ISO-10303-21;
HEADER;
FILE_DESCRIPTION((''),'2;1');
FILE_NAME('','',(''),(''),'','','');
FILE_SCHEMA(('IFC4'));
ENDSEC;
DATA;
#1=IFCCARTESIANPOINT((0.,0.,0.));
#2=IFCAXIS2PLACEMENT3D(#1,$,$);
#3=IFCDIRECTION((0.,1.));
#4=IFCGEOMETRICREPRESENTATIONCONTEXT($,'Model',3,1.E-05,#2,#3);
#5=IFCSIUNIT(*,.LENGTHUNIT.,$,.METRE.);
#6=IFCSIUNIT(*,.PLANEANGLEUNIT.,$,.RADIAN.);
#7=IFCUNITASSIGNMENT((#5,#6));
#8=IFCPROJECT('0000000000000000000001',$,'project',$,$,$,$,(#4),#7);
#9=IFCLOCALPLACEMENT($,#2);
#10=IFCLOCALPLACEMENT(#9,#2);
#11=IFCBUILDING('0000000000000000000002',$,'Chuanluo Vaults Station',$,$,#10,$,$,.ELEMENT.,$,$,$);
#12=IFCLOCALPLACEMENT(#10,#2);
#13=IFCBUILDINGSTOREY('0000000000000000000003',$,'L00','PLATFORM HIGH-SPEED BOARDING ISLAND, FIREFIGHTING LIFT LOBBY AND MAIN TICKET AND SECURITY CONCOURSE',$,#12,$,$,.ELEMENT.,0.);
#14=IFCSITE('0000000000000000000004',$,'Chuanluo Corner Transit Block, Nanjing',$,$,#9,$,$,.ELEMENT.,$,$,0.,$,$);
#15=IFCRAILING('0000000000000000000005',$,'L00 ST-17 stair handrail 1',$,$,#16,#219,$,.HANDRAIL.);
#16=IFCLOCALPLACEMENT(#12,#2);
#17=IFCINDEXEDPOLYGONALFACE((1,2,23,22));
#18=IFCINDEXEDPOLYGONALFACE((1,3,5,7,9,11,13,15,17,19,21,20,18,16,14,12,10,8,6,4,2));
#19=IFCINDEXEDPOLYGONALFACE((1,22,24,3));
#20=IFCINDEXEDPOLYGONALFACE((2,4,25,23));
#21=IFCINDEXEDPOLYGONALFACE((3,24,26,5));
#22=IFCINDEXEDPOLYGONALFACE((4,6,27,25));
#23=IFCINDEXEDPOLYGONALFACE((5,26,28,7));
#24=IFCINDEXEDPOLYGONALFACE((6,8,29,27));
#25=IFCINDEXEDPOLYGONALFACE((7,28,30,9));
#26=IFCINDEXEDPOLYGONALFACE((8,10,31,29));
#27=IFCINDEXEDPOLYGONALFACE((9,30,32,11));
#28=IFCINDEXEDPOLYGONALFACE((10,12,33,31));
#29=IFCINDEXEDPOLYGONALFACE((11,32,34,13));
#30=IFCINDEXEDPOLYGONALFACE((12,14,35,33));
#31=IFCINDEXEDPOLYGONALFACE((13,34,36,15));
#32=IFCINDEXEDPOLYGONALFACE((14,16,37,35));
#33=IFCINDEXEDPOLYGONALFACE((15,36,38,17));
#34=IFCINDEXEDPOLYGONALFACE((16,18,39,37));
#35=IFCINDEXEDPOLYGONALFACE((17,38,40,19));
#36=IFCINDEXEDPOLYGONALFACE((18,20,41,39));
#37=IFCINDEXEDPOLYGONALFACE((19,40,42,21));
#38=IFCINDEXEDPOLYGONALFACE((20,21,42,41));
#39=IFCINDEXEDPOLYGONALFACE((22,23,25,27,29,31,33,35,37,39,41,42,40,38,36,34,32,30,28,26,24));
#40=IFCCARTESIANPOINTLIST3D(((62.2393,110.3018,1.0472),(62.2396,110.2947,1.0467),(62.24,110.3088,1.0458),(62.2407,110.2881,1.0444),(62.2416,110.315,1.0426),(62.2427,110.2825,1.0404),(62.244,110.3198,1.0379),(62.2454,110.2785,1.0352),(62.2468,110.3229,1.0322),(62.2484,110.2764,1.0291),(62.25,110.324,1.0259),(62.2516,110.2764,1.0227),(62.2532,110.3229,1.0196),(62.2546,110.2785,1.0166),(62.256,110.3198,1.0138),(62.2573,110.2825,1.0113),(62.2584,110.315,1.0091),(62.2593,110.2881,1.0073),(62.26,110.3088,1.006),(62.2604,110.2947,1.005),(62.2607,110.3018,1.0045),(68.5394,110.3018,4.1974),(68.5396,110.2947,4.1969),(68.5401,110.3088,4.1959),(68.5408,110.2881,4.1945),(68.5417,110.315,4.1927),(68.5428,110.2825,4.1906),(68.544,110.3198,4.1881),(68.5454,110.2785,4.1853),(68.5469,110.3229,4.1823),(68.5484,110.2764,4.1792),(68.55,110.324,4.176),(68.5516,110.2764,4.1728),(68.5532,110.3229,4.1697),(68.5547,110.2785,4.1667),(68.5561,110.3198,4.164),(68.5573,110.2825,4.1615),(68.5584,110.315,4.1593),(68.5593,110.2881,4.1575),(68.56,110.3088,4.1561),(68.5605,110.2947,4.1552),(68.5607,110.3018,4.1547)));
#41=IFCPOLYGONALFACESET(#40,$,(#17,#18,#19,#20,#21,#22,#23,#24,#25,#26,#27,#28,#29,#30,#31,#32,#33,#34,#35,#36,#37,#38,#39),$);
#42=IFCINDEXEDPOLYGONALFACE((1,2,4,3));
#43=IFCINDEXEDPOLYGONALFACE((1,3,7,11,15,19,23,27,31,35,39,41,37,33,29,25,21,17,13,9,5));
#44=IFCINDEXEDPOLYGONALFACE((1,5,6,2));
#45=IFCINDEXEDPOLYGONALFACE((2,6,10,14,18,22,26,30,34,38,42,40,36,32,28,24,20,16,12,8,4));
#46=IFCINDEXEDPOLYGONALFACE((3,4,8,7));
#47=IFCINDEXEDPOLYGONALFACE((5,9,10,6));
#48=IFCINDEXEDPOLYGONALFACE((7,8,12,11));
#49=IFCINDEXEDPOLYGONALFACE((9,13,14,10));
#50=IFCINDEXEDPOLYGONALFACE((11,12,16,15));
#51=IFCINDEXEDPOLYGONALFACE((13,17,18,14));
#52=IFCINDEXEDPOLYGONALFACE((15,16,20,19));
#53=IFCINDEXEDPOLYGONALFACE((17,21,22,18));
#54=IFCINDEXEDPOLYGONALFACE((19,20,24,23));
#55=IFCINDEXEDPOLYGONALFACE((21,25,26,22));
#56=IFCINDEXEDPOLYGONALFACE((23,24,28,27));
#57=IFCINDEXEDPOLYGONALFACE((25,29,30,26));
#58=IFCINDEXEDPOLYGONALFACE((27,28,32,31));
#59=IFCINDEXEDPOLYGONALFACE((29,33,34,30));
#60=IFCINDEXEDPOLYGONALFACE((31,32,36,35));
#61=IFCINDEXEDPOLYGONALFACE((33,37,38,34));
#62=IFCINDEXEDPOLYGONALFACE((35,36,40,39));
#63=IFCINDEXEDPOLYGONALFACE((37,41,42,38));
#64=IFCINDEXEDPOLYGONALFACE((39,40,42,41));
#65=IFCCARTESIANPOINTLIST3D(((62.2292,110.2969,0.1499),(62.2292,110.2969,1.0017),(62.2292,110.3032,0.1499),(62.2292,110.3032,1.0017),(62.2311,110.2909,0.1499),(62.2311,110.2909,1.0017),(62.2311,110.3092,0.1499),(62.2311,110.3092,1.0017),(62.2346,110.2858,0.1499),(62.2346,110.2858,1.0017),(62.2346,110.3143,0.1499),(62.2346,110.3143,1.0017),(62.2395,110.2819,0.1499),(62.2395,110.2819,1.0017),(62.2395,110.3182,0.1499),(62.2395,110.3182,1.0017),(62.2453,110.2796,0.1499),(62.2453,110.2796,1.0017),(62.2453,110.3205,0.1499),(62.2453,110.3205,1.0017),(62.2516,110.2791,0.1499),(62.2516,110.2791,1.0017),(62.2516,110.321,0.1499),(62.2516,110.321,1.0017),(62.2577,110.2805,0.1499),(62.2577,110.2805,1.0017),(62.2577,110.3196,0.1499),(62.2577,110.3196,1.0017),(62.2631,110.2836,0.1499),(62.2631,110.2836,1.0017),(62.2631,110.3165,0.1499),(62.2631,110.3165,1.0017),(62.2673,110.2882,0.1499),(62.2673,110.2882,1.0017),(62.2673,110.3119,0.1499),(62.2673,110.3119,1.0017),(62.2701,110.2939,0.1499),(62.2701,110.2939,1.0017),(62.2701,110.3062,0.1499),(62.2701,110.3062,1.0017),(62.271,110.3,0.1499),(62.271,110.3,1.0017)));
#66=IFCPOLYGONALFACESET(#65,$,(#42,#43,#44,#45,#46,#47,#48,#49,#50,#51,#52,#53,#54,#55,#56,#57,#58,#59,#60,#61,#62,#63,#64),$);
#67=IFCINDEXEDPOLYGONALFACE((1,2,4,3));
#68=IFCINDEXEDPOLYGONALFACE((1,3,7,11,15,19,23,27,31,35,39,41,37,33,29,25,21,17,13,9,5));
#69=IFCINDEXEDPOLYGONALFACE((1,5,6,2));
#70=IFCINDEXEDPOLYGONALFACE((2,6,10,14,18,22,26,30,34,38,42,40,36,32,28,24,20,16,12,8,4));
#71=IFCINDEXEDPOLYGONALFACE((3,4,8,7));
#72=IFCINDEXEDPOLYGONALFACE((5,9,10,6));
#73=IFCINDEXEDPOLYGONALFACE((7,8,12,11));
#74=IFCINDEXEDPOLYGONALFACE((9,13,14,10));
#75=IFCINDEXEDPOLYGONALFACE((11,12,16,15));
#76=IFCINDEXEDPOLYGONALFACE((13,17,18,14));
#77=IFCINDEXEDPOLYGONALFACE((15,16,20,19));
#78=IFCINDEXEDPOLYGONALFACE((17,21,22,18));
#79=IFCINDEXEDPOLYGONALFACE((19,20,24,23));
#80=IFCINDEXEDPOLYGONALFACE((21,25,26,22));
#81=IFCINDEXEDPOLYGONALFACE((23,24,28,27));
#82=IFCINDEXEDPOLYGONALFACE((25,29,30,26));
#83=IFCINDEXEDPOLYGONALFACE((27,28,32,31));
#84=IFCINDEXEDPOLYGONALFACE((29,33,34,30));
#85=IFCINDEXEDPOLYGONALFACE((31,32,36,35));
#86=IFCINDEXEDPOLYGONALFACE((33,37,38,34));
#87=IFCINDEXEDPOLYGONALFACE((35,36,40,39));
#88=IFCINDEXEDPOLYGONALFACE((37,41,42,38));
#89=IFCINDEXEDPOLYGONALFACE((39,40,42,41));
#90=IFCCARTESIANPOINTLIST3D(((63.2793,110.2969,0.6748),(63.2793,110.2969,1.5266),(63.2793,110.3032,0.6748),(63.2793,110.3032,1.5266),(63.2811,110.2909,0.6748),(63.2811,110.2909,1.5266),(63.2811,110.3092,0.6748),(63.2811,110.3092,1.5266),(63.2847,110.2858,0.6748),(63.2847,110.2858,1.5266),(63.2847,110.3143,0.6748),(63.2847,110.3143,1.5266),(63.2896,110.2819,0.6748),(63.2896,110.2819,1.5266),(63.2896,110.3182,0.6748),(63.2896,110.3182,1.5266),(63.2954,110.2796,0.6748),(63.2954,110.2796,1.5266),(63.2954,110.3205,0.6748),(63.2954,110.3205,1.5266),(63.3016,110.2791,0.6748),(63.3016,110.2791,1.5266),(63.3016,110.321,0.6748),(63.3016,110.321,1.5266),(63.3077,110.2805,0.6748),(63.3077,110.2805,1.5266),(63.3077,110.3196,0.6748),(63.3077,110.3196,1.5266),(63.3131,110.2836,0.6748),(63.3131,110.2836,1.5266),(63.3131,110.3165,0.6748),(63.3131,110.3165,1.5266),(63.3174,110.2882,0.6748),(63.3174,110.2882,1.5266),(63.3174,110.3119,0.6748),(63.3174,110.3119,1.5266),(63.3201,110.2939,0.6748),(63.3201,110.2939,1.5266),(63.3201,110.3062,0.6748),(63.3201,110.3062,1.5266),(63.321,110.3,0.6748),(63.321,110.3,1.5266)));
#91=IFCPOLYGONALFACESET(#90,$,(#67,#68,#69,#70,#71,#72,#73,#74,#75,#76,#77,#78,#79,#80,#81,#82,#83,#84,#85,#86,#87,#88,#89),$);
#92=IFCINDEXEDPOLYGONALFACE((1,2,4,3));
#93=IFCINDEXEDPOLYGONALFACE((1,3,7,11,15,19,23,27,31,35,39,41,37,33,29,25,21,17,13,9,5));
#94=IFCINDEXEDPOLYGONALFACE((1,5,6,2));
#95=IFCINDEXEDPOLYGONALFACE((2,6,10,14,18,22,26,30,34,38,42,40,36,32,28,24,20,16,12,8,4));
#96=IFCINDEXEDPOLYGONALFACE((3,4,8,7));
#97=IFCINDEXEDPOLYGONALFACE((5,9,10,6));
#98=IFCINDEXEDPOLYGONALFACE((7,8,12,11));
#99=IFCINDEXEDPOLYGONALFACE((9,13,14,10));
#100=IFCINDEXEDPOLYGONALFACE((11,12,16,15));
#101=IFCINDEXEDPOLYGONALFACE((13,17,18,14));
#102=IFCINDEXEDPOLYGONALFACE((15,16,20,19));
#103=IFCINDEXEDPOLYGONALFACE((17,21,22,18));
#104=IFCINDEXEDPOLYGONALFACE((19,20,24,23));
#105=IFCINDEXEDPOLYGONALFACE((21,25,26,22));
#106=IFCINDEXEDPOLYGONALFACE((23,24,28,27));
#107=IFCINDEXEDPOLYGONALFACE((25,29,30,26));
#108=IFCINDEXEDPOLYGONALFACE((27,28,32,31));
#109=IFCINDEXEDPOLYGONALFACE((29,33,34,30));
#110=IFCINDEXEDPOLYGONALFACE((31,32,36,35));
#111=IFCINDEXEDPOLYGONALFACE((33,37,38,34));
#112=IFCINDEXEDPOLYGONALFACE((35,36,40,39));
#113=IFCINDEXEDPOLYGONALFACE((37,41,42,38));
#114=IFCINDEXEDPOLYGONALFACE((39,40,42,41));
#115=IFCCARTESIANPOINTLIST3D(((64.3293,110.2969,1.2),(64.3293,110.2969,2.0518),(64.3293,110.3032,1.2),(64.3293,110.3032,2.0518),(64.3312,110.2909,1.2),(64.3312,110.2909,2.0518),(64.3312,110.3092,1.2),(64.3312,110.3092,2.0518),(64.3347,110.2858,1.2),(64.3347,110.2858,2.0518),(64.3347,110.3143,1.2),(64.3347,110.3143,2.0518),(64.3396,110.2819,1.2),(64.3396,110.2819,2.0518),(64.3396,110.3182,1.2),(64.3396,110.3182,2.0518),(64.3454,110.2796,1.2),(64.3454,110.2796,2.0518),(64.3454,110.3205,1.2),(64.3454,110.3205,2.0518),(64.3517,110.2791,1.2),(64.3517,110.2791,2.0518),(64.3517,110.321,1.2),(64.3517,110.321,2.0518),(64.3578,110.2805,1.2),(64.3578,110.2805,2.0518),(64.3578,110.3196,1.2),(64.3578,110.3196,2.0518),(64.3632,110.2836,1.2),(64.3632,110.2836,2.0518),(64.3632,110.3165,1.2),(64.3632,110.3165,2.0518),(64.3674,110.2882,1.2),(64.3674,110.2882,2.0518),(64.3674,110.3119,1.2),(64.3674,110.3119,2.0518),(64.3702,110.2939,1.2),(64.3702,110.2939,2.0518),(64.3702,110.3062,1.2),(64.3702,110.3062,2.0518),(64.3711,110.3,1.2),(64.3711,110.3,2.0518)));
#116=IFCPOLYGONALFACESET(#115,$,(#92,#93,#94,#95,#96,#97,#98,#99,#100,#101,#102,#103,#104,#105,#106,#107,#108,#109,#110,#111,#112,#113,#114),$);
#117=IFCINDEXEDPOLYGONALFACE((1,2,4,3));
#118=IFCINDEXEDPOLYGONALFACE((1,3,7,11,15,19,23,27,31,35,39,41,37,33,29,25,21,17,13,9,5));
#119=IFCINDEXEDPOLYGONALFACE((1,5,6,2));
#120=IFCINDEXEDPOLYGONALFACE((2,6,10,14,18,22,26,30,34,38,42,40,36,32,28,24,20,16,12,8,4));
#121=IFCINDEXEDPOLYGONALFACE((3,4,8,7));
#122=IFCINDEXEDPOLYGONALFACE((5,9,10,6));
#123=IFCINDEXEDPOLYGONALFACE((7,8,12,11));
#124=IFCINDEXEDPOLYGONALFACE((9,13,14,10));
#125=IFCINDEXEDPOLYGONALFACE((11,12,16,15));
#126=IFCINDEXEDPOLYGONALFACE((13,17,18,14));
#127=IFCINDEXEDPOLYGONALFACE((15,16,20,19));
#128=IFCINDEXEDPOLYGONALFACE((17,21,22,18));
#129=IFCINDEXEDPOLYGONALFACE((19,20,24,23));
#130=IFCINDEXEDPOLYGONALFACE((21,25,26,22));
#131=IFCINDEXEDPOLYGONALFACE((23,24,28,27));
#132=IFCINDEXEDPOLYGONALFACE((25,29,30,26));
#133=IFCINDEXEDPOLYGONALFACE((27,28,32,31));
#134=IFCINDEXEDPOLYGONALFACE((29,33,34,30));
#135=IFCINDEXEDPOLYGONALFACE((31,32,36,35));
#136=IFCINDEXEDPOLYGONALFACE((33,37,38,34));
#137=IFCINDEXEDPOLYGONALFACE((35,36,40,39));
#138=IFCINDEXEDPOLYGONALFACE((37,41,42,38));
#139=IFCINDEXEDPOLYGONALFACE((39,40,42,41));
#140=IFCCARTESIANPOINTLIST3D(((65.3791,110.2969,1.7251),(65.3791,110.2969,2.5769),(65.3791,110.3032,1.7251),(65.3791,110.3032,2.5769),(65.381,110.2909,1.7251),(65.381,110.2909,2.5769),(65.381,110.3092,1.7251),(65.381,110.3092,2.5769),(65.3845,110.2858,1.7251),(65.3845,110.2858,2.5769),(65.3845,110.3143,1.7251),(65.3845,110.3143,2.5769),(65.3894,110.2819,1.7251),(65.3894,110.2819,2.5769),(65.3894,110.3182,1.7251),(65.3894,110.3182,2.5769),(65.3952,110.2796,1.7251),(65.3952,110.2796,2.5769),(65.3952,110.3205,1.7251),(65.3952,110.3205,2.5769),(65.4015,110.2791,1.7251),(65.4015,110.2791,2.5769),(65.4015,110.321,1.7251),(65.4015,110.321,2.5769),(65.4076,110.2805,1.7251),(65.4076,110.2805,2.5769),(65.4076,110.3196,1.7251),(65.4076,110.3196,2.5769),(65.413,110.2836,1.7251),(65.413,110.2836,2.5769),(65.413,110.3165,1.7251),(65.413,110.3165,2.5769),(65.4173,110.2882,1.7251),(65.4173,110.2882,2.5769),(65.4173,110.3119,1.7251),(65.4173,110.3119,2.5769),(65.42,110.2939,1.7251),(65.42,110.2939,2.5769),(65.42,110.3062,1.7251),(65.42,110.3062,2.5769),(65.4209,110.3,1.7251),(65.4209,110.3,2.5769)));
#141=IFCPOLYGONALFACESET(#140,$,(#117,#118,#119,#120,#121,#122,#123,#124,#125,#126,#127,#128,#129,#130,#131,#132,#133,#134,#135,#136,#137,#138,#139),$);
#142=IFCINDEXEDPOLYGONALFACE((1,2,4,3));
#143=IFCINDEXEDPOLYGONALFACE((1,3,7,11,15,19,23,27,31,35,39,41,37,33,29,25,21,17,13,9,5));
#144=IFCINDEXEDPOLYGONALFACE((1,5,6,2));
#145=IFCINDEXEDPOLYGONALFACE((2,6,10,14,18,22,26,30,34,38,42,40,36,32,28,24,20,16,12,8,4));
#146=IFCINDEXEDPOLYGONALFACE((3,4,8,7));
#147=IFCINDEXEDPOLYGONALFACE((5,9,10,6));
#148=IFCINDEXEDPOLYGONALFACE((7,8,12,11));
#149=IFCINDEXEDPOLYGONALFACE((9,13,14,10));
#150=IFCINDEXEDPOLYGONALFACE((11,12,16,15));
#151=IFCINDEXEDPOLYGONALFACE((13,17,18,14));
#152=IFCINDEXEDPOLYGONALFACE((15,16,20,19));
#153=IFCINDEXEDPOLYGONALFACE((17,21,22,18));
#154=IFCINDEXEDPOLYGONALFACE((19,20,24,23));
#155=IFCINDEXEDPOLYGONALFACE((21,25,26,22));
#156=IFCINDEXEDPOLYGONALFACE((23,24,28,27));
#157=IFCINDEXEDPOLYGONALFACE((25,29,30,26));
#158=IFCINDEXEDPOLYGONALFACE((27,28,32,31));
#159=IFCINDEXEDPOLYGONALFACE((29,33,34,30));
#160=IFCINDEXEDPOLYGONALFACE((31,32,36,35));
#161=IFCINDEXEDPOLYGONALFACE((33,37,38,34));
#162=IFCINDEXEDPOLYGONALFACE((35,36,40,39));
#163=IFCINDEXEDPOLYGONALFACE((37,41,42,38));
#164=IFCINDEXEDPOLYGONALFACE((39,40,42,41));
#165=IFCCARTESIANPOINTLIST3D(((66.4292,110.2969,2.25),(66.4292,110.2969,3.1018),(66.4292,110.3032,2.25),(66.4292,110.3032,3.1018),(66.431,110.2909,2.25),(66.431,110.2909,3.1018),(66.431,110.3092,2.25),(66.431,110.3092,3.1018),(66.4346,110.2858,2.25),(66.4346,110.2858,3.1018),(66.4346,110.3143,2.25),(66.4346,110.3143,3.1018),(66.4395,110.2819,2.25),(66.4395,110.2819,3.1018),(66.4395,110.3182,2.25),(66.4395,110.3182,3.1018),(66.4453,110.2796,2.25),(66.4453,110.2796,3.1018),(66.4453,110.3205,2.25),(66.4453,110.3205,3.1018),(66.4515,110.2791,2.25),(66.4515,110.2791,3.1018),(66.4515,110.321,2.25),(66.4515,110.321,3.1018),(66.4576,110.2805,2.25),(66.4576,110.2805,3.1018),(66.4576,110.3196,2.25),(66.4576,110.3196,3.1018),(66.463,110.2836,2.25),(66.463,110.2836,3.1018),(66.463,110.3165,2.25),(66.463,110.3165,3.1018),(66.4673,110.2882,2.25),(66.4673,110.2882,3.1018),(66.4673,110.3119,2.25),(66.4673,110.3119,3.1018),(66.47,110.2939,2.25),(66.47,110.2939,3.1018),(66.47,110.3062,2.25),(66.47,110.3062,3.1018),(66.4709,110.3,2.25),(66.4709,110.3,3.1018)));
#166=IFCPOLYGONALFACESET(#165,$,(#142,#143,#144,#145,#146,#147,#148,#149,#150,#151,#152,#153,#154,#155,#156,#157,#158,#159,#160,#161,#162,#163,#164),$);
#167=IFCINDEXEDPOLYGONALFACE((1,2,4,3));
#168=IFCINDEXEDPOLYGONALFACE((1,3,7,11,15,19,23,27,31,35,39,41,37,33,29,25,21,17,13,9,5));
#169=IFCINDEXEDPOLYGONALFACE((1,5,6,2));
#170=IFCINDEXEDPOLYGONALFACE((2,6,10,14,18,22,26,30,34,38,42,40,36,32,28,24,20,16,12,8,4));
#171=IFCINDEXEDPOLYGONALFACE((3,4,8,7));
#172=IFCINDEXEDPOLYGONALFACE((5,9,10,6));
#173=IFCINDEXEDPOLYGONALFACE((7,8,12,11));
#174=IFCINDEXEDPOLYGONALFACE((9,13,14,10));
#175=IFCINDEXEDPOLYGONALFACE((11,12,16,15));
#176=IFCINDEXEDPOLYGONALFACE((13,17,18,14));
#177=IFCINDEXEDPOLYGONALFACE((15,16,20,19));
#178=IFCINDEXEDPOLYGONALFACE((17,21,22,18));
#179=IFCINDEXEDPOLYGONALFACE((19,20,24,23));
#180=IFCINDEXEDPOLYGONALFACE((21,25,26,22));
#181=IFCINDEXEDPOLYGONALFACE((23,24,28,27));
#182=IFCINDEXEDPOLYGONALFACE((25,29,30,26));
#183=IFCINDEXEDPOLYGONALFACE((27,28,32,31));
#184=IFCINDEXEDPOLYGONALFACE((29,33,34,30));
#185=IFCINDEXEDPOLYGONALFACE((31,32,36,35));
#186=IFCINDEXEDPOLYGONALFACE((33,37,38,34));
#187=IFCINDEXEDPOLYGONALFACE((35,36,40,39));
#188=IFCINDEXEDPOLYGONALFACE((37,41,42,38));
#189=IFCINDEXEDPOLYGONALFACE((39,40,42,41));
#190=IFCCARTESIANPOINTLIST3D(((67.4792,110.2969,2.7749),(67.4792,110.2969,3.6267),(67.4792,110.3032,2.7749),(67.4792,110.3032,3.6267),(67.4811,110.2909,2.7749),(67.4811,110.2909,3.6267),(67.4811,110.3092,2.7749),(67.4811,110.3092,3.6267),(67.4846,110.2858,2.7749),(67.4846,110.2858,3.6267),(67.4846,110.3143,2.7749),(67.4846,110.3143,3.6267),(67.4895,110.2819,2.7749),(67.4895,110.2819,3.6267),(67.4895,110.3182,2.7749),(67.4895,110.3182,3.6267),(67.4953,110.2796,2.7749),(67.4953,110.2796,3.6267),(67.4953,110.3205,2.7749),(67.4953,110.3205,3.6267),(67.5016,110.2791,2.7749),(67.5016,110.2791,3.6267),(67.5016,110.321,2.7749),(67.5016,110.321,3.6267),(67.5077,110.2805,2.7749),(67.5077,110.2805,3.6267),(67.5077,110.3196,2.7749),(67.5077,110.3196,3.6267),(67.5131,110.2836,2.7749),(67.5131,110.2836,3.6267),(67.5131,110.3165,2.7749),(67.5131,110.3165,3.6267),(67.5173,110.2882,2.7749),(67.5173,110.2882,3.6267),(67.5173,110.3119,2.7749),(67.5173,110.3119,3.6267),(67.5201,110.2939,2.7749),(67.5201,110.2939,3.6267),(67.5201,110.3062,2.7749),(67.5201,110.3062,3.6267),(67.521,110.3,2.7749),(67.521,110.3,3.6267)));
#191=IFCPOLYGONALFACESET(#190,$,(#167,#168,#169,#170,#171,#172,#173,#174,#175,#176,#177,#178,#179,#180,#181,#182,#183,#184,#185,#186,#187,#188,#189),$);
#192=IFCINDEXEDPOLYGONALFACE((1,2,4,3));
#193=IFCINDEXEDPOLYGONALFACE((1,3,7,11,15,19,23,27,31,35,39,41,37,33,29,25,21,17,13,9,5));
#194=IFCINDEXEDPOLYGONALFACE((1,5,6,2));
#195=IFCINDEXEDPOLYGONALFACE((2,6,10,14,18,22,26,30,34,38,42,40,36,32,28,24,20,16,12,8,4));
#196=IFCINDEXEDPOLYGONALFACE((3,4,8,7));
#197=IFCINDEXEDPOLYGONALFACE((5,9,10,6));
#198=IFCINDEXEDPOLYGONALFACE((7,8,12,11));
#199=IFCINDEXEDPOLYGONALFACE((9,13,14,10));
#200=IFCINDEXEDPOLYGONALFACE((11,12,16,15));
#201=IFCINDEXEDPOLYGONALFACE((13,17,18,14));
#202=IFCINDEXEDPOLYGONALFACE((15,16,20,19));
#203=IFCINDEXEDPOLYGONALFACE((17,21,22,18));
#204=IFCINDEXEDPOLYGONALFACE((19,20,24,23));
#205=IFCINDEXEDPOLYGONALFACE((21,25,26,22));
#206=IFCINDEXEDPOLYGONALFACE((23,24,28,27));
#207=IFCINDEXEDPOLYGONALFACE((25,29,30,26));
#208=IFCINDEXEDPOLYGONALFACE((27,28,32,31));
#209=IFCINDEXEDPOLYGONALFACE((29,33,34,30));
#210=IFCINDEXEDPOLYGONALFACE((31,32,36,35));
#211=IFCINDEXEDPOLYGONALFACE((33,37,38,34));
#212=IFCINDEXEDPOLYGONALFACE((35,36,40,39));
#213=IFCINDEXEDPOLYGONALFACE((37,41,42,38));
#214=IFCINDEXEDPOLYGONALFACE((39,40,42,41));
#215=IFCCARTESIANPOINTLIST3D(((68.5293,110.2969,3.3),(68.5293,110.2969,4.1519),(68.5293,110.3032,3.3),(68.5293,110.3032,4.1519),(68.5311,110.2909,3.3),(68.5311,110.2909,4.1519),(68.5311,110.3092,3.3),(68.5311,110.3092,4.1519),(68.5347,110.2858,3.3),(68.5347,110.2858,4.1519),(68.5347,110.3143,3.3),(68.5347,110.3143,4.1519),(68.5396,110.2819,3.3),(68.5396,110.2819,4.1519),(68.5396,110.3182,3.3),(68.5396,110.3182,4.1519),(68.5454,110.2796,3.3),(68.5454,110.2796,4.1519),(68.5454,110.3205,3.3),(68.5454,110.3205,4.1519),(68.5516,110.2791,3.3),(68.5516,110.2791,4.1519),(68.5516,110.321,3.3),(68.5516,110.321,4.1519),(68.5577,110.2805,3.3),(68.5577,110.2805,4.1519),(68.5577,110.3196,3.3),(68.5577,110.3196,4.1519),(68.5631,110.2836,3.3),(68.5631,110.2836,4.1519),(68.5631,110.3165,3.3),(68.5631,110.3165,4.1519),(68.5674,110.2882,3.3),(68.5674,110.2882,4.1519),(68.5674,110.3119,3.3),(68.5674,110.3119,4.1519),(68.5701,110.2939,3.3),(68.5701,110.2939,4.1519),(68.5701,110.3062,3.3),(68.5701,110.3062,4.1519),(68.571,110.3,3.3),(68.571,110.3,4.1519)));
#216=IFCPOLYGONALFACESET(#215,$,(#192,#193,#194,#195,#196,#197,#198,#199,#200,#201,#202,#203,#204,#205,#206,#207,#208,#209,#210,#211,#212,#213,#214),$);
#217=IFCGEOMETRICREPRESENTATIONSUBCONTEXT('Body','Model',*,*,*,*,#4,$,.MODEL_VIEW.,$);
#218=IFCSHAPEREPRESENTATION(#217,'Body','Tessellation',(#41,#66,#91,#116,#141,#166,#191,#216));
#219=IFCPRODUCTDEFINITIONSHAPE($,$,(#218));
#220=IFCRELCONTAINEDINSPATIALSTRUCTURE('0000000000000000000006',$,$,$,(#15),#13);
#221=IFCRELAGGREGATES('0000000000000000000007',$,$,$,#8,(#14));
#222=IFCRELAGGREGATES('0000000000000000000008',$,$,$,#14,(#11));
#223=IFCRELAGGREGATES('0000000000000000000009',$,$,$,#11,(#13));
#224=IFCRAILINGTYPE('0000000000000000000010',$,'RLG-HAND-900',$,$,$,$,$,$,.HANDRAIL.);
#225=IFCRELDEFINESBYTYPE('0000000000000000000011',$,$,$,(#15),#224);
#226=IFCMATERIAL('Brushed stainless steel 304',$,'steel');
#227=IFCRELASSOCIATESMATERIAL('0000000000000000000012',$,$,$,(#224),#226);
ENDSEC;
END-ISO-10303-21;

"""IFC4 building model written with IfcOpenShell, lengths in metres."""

from ifc_helpers import new_model, si_unit, direction, frame, origin, origin_2d, place, context, subcontext, project, spatial, circle, extrude, material, type_object, element, save


model = new_model("IFC4")

# Units and contexts
model_context = context("Model", 3, precision=1e-05, world=origin(), true_north=direction((0.0, 1.0)))
body_context = subcontext(model_context, "Body", "Model", "MODEL_VIEW")
ifc_project = project(units=[si_unit("LENGTHUNIT", "METRE"), si_unit("PLANEANGLEUNIT", "RADIAN")], contexts=[model_context])

# Site, building, storey
site_placement = place(None, origin())
site = spatial("IfcSite", under=ifc_project, at=site_placement, Name="Chuanluo Corner Transit Block, Nanjing", CompositionType="ELEMENT", RefElevation=0.0)
building_placement = place(site_placement, origin())
building = spatial("IfcBuilding", under=site, at=building_placement, Name="Chuanluo Vaults Station", CompositionType="ELEMENT")
storey_placement = place(building_placement, origin())
storey = spatial("IfcBuildingStorey", under=building, at=storey_placement, Name="L00", Description="PLATFORM HIGH-SPEED BOARDING ISLAND, FIREFIGHTING LIFT LOBBY AND MAIN TICKET AND SECURITY CONCOURSE", CompositionType="ELEMENT", Elevation=0.0)

# Railing
ifc_material_1 = material(Name="Brushed stainless steel 304", Category="steel")
railing_type_1 = type_object("IfcRailingType", Name="RLG-HAND-900", PredefinedType="HANDRAIL", material=ifc_material_1)
railing_1_placement = place(storey_placement, frame((62.25, 110.3, 0.1499)))
element("IfcRailing", 1, at=railing_1_placement, inside=storey, type_object=railing_type_1, Name="L00 ST-17 stair handrail 1", PredefinedType="HANDRAIL", context=body_context, shape_type="SweptSolid", body=[
    extrude(circle(Radius=0.0239, at=origin_2d()), frame((0.0, 0.0, 0.876), z_axis=(0.89442, 0.0, 0.447227), x_axis=(0.0, 1.0, 0.0)), (0.0, 0.0, 1.0), 7.0437),
    extrude(circle(Radius=0.021, at=origin_2d()), origin(), (0.0, 0.0, 1.0), 0.8518),
    extrude(circle(Radius=0.021, at=origin_2d()), frame((1.05, 0.0, 0.5249)), (0.0, 0.0, 1.0), 0.8518),
    extrude(circle(Radius=0.021, at=origin_2d()), frame((2.1001, 0.0, 1.05)), (0.0, 0.0, 1.0), 0.8518),
    extrude(circle(Radius=0.021, at=origin_2d()), frame((3.1499, 0.0, 1.5752)), (0.0, 0.0, 1.0), 0.8518),
    extrude(circle(Radius=0.021, at=origin_2d()), frame((4.2, 0.0, 2.1001)), (0.0, 0.0, 1.0), 0.8518),
    extrude(circle(Radius=0.021, at=origin_2d()), frame((5.25, 0.0, 2.625)), (0.0, 0.0, 1.0), 0.8518),
    extrude(circle(Radius=0.021, at=origin_2d()), frame((6.3, 0.0, 3.1501)), (0.0, 0.0, 1.0), 0.8518),
])

save(model, "model.ifc")
